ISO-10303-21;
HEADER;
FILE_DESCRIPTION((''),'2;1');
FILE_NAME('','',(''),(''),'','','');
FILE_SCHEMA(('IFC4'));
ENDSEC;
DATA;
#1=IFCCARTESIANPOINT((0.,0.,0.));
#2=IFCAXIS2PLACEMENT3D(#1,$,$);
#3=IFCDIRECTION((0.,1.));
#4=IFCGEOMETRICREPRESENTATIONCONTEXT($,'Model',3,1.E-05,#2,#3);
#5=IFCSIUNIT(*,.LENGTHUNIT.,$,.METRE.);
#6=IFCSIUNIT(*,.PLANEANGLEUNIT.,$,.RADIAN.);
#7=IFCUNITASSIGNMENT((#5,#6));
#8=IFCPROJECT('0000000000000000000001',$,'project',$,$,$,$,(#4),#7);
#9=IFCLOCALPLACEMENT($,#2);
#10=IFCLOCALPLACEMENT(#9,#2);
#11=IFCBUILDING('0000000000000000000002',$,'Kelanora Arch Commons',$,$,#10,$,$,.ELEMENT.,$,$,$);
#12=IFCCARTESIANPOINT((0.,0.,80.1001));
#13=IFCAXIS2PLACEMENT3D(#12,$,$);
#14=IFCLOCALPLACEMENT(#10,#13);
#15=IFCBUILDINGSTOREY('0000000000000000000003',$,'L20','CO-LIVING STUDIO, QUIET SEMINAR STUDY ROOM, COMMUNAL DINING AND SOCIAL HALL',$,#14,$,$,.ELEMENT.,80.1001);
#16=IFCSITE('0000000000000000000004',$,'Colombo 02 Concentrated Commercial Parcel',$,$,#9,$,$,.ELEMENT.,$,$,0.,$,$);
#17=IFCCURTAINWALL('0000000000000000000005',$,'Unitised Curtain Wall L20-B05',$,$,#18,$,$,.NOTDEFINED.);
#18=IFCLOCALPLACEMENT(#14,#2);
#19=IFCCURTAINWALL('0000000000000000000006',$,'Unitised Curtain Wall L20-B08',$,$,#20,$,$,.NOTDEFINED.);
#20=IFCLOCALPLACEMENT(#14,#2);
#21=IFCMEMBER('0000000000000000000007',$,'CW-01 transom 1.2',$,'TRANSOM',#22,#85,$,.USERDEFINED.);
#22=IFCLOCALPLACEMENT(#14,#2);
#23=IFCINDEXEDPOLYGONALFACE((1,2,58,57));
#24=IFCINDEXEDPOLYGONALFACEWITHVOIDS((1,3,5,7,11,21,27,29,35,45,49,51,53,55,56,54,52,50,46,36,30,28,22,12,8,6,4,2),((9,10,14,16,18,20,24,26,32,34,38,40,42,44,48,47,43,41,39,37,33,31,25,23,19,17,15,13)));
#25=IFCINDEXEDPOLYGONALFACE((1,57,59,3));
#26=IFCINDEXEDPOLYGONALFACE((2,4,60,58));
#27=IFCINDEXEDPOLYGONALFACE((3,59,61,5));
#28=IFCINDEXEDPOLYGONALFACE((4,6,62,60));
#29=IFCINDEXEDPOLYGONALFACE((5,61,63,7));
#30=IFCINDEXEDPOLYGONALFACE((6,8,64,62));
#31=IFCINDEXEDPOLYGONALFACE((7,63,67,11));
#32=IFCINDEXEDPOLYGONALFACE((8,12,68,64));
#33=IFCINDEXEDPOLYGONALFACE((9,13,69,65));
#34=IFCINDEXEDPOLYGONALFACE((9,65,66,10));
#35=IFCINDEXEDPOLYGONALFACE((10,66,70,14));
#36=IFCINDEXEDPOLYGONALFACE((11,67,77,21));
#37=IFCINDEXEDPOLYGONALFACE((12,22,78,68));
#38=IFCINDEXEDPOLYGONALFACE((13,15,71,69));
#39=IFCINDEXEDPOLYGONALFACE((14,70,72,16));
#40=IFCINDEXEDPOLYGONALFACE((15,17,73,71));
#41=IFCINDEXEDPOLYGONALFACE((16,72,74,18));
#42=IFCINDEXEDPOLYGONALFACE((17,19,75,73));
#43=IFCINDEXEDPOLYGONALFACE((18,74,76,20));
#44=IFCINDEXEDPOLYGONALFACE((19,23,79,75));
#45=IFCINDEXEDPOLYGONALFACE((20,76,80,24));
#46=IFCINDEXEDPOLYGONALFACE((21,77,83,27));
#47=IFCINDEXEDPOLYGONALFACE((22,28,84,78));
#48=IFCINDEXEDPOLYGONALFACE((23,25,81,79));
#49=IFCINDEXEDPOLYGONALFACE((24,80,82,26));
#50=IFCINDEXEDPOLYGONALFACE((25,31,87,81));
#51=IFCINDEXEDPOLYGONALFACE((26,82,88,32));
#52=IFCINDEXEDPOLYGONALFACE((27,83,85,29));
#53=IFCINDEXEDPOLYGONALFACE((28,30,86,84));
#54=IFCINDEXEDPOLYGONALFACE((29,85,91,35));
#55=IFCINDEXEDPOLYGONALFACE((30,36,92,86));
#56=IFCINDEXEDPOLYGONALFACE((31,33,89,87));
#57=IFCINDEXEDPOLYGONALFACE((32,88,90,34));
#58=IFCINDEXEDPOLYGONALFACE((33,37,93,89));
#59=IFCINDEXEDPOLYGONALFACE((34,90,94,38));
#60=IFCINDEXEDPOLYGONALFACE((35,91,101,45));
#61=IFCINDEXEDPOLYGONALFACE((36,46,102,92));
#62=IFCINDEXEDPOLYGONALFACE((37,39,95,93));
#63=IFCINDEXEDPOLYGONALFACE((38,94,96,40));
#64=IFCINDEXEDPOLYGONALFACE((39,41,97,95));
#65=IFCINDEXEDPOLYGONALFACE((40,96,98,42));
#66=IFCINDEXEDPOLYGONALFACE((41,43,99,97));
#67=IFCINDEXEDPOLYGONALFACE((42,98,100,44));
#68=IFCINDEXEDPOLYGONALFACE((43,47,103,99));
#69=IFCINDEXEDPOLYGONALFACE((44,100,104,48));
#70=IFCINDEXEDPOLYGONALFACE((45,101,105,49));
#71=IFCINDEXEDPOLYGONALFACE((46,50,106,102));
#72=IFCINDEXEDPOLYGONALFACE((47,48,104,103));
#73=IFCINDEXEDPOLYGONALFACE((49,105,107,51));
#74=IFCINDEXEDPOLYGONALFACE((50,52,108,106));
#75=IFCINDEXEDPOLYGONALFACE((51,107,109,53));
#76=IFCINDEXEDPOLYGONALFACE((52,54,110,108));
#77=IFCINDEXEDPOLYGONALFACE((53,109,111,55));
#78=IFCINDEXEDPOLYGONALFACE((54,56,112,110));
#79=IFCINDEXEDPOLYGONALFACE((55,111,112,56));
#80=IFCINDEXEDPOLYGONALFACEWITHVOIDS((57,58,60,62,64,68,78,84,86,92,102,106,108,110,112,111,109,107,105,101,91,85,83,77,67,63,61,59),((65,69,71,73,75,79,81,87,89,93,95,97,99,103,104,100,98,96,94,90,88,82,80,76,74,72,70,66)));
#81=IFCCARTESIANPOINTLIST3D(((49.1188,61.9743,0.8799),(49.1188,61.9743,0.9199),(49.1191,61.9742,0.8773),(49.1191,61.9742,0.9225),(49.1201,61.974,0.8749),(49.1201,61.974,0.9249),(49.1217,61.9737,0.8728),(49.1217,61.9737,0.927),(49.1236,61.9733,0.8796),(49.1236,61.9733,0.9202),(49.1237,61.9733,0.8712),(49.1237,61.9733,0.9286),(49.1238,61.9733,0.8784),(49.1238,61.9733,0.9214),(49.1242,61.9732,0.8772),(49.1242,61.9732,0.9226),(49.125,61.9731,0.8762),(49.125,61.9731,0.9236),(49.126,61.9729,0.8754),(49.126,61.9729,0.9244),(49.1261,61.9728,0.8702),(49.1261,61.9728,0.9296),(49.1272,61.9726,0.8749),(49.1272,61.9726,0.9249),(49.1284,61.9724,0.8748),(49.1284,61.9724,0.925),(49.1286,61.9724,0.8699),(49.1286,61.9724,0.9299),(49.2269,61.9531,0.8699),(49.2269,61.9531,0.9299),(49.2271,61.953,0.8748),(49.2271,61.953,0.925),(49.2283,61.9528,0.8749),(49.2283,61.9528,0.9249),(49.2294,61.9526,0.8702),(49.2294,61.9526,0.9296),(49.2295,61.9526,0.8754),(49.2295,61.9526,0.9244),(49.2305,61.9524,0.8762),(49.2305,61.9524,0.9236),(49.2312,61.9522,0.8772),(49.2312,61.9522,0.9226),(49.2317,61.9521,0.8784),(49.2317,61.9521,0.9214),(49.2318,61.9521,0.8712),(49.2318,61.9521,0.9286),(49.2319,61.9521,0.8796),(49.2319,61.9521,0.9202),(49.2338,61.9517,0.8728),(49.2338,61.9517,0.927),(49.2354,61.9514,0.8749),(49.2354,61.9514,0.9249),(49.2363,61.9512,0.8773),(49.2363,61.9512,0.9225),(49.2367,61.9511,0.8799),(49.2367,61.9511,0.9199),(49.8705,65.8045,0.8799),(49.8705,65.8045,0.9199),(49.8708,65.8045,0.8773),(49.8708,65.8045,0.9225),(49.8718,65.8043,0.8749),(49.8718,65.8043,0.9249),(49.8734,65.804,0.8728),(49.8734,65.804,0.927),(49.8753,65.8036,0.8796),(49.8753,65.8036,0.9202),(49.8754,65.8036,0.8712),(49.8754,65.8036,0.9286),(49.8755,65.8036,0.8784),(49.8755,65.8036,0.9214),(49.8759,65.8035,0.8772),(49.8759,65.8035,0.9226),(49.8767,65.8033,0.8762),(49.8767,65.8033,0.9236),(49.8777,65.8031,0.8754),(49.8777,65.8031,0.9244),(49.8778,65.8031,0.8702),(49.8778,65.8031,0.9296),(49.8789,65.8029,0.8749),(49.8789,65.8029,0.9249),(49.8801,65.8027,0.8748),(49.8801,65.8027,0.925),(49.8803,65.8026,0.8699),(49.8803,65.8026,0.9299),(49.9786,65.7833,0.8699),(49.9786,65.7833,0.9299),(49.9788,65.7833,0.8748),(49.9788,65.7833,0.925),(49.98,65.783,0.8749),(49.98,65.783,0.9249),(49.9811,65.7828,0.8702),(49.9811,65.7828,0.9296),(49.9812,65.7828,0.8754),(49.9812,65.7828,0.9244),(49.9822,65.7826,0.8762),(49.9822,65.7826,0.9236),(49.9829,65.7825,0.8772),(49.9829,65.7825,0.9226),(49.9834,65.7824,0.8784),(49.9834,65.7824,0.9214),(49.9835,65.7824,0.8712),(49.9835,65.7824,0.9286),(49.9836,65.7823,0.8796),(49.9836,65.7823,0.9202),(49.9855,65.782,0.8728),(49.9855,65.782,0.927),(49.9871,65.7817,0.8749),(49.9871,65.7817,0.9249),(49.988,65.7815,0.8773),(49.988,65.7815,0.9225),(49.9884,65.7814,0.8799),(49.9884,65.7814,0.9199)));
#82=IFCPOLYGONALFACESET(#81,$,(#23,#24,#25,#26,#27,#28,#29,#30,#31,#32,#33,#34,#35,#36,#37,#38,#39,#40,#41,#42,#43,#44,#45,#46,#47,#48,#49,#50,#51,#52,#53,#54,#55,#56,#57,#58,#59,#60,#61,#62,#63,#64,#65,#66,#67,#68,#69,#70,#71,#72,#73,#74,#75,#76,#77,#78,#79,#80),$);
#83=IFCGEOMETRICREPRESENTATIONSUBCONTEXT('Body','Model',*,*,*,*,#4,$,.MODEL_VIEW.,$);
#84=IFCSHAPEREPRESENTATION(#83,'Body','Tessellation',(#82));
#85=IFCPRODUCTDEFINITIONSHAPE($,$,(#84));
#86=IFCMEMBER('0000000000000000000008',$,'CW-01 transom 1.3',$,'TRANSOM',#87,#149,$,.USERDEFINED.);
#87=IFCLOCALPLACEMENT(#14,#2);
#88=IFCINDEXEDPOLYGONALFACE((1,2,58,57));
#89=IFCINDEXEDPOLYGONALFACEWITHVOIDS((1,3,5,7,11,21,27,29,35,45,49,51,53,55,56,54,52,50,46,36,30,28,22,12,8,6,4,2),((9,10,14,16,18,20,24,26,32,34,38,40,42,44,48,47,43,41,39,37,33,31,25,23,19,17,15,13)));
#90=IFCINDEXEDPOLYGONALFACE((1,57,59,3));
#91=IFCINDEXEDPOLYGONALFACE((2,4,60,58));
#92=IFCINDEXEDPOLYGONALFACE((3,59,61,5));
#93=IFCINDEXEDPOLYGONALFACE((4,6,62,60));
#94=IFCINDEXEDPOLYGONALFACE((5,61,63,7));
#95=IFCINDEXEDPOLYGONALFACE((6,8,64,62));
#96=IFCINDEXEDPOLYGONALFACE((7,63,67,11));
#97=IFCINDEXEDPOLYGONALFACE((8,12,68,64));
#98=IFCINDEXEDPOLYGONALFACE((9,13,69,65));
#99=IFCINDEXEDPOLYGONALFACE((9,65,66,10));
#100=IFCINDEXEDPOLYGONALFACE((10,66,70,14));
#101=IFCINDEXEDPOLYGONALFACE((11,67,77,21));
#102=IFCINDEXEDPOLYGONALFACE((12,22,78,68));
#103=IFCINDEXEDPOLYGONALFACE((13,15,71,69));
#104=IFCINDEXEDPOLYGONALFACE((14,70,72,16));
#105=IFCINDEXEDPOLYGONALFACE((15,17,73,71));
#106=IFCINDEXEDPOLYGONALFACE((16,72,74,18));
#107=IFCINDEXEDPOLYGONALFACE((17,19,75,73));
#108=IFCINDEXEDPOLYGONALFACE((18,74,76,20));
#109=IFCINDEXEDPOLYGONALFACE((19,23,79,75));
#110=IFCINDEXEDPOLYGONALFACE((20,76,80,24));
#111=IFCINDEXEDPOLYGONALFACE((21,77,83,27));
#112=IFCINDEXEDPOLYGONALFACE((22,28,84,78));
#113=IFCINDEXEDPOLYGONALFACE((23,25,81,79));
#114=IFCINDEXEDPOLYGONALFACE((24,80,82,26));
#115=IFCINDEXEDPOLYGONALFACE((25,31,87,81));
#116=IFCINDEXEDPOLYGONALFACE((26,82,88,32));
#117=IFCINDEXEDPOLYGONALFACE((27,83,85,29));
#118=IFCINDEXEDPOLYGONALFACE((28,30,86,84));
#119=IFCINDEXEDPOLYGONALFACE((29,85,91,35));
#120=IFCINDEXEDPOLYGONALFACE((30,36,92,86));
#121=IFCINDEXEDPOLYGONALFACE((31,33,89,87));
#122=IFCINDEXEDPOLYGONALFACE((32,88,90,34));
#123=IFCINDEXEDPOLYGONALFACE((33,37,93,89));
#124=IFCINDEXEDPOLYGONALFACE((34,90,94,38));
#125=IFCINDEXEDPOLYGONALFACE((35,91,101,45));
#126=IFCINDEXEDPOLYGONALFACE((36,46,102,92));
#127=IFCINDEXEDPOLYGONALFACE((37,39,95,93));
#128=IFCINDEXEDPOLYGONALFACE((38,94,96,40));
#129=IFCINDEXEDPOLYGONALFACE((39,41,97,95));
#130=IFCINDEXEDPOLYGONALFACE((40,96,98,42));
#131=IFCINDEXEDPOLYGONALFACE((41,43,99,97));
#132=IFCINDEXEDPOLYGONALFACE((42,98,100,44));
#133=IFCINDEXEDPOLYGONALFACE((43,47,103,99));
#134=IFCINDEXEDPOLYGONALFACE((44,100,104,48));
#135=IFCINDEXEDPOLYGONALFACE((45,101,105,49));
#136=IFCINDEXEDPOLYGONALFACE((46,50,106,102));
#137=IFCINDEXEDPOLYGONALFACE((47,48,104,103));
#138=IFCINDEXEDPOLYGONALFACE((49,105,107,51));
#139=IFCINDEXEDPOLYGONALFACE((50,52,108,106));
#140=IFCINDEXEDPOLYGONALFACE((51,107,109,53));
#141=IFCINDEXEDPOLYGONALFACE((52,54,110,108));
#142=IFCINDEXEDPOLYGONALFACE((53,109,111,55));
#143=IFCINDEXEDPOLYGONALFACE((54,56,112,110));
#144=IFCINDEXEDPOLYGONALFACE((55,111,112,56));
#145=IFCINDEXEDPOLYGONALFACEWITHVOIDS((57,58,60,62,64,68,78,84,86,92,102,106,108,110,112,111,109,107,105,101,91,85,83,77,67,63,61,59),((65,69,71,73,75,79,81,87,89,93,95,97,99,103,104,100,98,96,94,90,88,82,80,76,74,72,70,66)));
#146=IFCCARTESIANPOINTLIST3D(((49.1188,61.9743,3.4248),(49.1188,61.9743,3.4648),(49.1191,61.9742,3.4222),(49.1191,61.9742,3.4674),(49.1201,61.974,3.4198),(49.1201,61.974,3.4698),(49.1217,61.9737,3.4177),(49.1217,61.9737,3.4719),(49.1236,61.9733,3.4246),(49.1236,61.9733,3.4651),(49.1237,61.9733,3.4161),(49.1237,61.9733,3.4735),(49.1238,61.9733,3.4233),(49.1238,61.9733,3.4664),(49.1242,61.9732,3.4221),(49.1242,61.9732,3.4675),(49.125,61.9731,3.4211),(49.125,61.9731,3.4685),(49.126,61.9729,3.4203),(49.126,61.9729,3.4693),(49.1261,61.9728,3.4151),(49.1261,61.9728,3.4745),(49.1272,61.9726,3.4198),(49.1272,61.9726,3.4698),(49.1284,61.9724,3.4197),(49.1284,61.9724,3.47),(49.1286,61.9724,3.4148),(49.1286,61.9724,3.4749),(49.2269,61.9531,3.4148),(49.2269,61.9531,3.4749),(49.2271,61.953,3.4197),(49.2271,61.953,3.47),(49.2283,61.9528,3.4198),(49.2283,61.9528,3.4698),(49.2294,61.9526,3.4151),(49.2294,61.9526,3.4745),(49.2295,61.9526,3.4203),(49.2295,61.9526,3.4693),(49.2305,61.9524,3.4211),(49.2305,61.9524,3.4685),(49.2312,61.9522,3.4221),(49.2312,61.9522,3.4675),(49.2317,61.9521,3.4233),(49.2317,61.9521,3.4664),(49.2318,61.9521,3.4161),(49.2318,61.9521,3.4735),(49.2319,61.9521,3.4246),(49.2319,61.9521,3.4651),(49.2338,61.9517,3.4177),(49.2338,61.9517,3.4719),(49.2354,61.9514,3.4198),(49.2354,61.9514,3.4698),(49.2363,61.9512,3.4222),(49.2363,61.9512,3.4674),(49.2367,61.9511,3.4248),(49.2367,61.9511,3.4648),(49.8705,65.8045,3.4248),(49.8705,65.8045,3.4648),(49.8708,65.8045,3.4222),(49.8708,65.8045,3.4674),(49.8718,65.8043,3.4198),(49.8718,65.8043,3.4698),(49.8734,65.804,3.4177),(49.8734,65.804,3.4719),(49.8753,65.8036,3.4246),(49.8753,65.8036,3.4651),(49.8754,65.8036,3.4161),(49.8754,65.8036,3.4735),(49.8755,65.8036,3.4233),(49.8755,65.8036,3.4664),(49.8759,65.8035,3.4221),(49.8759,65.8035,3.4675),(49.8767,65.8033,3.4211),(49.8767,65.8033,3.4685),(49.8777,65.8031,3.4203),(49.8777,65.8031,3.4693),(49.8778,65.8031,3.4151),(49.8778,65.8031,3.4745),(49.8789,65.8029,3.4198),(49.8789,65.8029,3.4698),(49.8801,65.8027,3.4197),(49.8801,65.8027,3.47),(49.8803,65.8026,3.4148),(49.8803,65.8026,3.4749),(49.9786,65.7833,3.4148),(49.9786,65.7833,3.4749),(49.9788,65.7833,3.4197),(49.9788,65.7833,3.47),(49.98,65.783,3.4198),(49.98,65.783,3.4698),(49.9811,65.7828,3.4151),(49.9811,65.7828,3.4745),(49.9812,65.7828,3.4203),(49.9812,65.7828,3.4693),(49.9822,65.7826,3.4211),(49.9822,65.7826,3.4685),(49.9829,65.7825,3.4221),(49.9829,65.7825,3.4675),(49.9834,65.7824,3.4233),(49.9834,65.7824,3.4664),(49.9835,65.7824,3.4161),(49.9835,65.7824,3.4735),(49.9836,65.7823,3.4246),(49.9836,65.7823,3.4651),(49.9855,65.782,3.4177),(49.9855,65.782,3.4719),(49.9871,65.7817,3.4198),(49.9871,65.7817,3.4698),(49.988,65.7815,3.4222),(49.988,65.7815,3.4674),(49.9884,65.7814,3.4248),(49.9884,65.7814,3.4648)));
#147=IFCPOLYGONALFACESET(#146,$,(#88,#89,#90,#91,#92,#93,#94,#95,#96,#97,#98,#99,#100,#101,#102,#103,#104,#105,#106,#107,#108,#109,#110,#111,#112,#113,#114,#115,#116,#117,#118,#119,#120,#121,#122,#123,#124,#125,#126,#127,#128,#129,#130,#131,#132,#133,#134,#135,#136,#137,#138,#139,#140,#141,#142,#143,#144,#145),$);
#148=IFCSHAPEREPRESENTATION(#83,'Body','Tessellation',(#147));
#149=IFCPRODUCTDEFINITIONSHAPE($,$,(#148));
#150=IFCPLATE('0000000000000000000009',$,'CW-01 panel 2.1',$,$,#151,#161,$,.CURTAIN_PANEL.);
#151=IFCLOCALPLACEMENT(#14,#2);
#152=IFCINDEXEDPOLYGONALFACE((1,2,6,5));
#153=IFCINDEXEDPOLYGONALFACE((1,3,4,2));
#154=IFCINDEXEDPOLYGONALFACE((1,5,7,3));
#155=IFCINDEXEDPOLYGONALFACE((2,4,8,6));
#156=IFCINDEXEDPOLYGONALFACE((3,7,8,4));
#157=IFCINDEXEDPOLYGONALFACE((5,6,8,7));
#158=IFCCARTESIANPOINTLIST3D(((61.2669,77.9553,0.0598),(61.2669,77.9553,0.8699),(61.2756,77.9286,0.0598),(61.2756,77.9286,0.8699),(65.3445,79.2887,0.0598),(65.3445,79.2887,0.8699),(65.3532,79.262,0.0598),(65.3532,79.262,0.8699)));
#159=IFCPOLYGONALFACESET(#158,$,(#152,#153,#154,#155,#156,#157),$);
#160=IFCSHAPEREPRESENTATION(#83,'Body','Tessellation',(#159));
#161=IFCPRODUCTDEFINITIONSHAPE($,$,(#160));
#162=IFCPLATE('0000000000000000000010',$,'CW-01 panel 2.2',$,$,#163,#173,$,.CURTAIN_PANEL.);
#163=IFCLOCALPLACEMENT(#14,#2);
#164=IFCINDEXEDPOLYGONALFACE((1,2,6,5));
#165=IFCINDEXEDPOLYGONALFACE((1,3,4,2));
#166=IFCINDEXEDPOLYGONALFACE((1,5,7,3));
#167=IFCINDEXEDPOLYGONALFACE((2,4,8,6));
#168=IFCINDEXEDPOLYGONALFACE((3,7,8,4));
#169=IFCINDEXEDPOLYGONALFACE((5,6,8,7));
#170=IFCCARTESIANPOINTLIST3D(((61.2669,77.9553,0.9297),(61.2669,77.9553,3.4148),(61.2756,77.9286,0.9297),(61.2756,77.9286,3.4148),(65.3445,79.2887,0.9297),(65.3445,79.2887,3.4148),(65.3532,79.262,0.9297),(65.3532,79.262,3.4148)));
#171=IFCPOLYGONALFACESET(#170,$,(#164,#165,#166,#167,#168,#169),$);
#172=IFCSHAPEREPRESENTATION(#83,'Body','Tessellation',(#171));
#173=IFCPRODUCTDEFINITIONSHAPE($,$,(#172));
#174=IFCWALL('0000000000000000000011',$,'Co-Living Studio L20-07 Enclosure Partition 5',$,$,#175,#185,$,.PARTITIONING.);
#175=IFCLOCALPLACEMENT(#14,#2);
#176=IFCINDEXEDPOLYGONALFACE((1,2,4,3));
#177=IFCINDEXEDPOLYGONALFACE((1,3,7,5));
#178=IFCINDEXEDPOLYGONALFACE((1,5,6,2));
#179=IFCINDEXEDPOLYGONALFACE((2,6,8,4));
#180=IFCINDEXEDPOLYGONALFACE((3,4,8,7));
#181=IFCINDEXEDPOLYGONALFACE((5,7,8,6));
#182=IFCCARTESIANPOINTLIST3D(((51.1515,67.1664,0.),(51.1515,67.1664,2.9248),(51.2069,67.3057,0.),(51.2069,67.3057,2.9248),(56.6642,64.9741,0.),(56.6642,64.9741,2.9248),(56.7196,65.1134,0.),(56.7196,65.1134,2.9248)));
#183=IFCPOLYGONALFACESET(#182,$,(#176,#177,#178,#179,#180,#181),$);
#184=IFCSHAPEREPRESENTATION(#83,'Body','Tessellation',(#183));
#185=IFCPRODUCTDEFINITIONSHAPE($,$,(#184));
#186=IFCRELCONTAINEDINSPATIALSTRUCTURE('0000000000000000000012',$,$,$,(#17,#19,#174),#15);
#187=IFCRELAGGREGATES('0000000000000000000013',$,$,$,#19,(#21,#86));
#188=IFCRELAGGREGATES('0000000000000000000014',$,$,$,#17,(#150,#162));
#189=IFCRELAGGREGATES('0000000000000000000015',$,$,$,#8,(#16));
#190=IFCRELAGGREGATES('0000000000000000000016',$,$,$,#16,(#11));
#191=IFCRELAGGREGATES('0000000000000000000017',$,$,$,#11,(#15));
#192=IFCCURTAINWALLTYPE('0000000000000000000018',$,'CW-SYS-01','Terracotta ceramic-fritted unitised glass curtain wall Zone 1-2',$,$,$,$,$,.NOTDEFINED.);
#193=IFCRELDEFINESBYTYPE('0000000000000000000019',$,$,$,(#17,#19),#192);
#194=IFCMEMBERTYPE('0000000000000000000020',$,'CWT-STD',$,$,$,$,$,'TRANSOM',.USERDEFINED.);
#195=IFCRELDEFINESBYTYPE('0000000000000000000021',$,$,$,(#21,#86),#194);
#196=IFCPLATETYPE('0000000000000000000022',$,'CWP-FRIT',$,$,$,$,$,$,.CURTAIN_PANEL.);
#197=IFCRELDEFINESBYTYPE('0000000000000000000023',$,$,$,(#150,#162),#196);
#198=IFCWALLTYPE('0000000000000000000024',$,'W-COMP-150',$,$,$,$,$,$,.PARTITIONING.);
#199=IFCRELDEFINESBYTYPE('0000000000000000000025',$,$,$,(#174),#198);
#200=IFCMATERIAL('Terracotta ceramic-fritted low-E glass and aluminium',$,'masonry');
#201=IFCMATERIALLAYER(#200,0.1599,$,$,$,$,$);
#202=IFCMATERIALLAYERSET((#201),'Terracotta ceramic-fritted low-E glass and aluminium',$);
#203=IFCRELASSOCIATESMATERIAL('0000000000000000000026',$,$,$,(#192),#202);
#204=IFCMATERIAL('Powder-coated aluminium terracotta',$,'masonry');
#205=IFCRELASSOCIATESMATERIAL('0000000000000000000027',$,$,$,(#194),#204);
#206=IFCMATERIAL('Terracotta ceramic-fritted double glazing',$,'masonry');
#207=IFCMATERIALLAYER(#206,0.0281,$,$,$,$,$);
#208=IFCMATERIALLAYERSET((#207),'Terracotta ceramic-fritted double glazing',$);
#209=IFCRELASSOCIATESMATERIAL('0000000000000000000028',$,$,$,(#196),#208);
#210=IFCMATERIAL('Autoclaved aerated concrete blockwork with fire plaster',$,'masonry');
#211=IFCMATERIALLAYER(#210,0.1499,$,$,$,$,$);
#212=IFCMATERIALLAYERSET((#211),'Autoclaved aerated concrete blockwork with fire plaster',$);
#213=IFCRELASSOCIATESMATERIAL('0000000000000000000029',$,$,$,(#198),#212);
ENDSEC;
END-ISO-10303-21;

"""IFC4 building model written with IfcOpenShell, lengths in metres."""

from ifc_helpers import new_model, si_unit, direction, frame, frame_2d, origin, origin_2d, place, context, subcontext, project, spatial, rectangle, hollow_rectangle, extrude, source, transform, mapped, material, layer, layer_set, material_profile, profile_set, type_object, element, aggregate, save


model = new_model("IFC4")

# Units and contexts
model_context = context("Model", 3, precision=1e-05, world=origin(), true_north=direction((0.0, 1.0)))
body_context = subcontext(model_context, "Body", "Model", "MODEL_VIEW")
ifc_project = project(units=[si_unit("LENGTHUNIT", "METRE"), si_unit("PLANEANGLEUNIT", "RADIAN")], contexts=[model_context])

# Site, building, storey
site_placement = place(None, origin())
site = spatial("IfcSite", under=ifc_project, at=site_placement, Name="Colombo 02 Concentrated Commercial Parcel", CompositionType="ELEMENT", RefElevation=0.0)
building_placement = place(site_placement, origin())
building = spatial("IfcBuilding", under=site, at=building_placement, Name="Kelanora Arch Commons", CompositionType="ELEMENT")
storey_placement = place(building_placement, frame((0.0, 0.0, 80.1001)))
storey = spatial("IfcBuildingStorey", under=building, at=storey_placement, Name="L20", Description="CO-LIVING STUDIO, QUIET SEMINAR STUDY ROOM, COMMUNAL DINING AND SOCIAL HALL", CompositionType="ELEMENT", Elevation=80.1001)

# Curtain wall
ifc_material_1 = material(Name="Terracotta ceramic-fritted low-E glass and aluminium", Category="masonry")
ifc_layer_1 = layer(ifc_material_1, 0.1599)
ifc_layer_set_1 = layer_set([ifc_layer_1], Name="Terracotta ceramic-fritted low-E glass and aluminium")
curtain_wall_type = type_object("IfcCurtainWallType", Name="CW-SYS-01", Description="Terracotta ceramic-fritted unitised glass curtain wall Zone 1-2", PredefinedType="NOTDEFINED", material=ifc_layer_set_1)
curtain_wall_1_placement = place(storey_placement, origin())
curtain_wall_1 = element("IfcCurtainWall", 1, at=curtain_wall_1_placement, inside=storey, type_object=curtain_wall_type, Name="Unitised Curtain Wall L20-B05", PredefinedType="NOTDEFINED")
ifc_material_2 = material(Name="Powder-coated aluminium terracotta", Category="masonry")

# Curtain wall, members
curtain_wall_2_placement = place(storey_placement, origin())
curtain_wall_2 = element("IfcCurtainWall", 2, at=curtain_wall_2_placement, inside=storey, type_object=curtain_wall_type, Name="Unitised Curtain Wall L20-B08", PredefinedType="NOTDEFINED")
ifc_material_profile_1 = material_profile(ifc_material_2, hollow_rectangle(XDim=0.1201, YDim=0.0601, WallThickness=0.0049, InnerFilletRadius=0.0049, OuterFilletRadius=0.01, at=origin_2d()), Name="CWT120x60")
ifc_profile_set_1 = profile_set([ifc_material_profile_1], Name="Powder-coated aluminium terracotta")
member_type_1 = type_object("IfcMemberType", Name="CWT-STD", ElementType="TRANSOM", PredefinedType="USERDEFINED", material=ifc_profile_set_1)
member_1_placement = place(storey_placement, frame((49.9294, 65.793, 0.8999), z_axis=(-0.192579, -0.981282, 0.0), x_axis=(0.981282, -0.192579, 0.0)))
member_1 = element("IfcMember", 3, at=member_1_placement, type_object=member_type_1, Name="CW-01 transom 1.2", ObjectType="TRANSOM", PredefinedType="USERDEFINED", context=body_context, shape_type="SweptSolid", body=[
    extrude(hollow_rectangle(XDim=0.1201, YDim=0.0601, WallThickness=0.0049, InnerFilletRadius=0.0049, OuterFilletRadius=0.01, at=origin_2d()), origin(), (0.0, 0.0, 1.0), 3.9033),
])
member_2_placement = place(storey_placement, frame((49.9294, 65.793, 3.4448), z_axis=(-0.192579, -0.981282, 0.0), x_axis=(0.981282, -0.192579, 0.0)))
member_2 = element("IfcMember", 4, at=member_2_placement, type_object=member_type_1, Name="CW-01 transom 1.3", ObjectType="TRANSOM", PredefinedType="USERDEFINED", context=body_context, shape_type="SweptSolid", body=[
    extrude(hollow_rectangle(XDim=0.1201, YDim=0.0601, WallThickness=0.0049, InnerFilletRadius=0.0049, OuterFilletRadius=0.01, at=origin_2d()), origin(), (0.0, 0.0, 1.0), 3.9033),
])
aggregate(curtain_wall_2, [member_1, member_2])

# Plates
ifc_material_3 = material(Name="Terracotta ceramic-fritted double glazing", Category="masonry")
ifc_layer_2 = layer(ifc_material_3, 0.0281)
ifc_layer_set_2 = layer_set([ifc_layer_2], Name="Terracotta ceramic-fritted double glazing")
plate_type = type_object("IfcPlateType", Name="CWP-FRIT", PredefinedType="CURTAIN_PANEL", material=ifc_layer_set_2)
shared_shape_1 = source(origin(), body_context, "Body", "SweptSolid", [
    extrude(rectangle(XDim=4.29, YDim=0.0281, at=origin_2d()), origin(), (0.0, 0.0, 1.0), 0.8101),
])
plate_1_placement = place(storey_placement, frame((63.3101, 78.6086, 0.0598), z_axis=(0.0, 0.0, 1.0), x_axis=(-0.950474, -0.310805, 0.0)))
plate_1 = element("IfcPlate", 5, at=plate_1_placement, type_object=plate_type, Name="CW-01 panel 2.1", PredefinedType="CURTAIN_PANEL", context=body_context, shape_type="MappedRepresentation", body=[
    mapped(shared_shape_1, transform((0.0, 0.0, 0.0), scale=1.0)),
])
shared_shape_2 = source(origin(), body_context, "Body", "SweptSolid", [
    extrude(rectangle(XDim=4.29, YDim=0.0281, at=origin_2d()), origin(), (0.0, 0.0, 1.0), 2.4851),
])
plate_2_placement = place(storey_placement, frame((63.3101, 78.6086, 0.9297), z_axis=(0.0, 0.0, 1.0), x_axis=(-0.950474, -0.310805, 0.0)))
plate_2 = element("IfcPlate", 6, at=plate_2_placement, type_object=plate_type, Name="CW-01 panel 2.2", PredefinedType="CURTAIN_PANEL", context=body_context, shape_type="MappedRepresentation", body=[
    mapped(shared_shape_2, transform((0.0, 0.0, 0.0), scale=1.0)),
])
aggregate(curtain_wall_1, [plate_1, plate_2])

# Wall
ifc_material_4 = material(Name="Autoclaved aerated concrete blockwork with fire plaster", Category="masonry")
ifc_layer_3 = layer(ifc_material_4, 0.1499)
ifc_layer_set_3 = layer_set([ifc_layer_3], Name="Autoclaved aerated concrete blockwork with fire plaster")
wall_type_1 = type_object("IfcWallType", Name="W-COMP-150", PredefinedType="PARTITIONING", material=ifc_layer_set_3)
wall_1_placement = place(storey_placement, frame((51.1792, 67.2361, 0.0), z_axis=(0.0, 0.0, 1.0), x_axis=(0.929213, -0.369545, 0.0)))
element("IfcWall", 7, at=wall_1_placement, inside=storey, type_object=wall_type_1, Name="Co-Living Studio L20-07 Enclosure Partition 5", PredefinedType="PARTITIONING", context=body_context, shape_type="SweptSolid", body=[
    extrude(rectangle(XDim=5.9326, YDim=0.1499, at=frame_2d((2.9663, 0.0))), origin(), (0.0, 0.0, 1.0), 2.9248),
])

save(model, "model.ifc")
